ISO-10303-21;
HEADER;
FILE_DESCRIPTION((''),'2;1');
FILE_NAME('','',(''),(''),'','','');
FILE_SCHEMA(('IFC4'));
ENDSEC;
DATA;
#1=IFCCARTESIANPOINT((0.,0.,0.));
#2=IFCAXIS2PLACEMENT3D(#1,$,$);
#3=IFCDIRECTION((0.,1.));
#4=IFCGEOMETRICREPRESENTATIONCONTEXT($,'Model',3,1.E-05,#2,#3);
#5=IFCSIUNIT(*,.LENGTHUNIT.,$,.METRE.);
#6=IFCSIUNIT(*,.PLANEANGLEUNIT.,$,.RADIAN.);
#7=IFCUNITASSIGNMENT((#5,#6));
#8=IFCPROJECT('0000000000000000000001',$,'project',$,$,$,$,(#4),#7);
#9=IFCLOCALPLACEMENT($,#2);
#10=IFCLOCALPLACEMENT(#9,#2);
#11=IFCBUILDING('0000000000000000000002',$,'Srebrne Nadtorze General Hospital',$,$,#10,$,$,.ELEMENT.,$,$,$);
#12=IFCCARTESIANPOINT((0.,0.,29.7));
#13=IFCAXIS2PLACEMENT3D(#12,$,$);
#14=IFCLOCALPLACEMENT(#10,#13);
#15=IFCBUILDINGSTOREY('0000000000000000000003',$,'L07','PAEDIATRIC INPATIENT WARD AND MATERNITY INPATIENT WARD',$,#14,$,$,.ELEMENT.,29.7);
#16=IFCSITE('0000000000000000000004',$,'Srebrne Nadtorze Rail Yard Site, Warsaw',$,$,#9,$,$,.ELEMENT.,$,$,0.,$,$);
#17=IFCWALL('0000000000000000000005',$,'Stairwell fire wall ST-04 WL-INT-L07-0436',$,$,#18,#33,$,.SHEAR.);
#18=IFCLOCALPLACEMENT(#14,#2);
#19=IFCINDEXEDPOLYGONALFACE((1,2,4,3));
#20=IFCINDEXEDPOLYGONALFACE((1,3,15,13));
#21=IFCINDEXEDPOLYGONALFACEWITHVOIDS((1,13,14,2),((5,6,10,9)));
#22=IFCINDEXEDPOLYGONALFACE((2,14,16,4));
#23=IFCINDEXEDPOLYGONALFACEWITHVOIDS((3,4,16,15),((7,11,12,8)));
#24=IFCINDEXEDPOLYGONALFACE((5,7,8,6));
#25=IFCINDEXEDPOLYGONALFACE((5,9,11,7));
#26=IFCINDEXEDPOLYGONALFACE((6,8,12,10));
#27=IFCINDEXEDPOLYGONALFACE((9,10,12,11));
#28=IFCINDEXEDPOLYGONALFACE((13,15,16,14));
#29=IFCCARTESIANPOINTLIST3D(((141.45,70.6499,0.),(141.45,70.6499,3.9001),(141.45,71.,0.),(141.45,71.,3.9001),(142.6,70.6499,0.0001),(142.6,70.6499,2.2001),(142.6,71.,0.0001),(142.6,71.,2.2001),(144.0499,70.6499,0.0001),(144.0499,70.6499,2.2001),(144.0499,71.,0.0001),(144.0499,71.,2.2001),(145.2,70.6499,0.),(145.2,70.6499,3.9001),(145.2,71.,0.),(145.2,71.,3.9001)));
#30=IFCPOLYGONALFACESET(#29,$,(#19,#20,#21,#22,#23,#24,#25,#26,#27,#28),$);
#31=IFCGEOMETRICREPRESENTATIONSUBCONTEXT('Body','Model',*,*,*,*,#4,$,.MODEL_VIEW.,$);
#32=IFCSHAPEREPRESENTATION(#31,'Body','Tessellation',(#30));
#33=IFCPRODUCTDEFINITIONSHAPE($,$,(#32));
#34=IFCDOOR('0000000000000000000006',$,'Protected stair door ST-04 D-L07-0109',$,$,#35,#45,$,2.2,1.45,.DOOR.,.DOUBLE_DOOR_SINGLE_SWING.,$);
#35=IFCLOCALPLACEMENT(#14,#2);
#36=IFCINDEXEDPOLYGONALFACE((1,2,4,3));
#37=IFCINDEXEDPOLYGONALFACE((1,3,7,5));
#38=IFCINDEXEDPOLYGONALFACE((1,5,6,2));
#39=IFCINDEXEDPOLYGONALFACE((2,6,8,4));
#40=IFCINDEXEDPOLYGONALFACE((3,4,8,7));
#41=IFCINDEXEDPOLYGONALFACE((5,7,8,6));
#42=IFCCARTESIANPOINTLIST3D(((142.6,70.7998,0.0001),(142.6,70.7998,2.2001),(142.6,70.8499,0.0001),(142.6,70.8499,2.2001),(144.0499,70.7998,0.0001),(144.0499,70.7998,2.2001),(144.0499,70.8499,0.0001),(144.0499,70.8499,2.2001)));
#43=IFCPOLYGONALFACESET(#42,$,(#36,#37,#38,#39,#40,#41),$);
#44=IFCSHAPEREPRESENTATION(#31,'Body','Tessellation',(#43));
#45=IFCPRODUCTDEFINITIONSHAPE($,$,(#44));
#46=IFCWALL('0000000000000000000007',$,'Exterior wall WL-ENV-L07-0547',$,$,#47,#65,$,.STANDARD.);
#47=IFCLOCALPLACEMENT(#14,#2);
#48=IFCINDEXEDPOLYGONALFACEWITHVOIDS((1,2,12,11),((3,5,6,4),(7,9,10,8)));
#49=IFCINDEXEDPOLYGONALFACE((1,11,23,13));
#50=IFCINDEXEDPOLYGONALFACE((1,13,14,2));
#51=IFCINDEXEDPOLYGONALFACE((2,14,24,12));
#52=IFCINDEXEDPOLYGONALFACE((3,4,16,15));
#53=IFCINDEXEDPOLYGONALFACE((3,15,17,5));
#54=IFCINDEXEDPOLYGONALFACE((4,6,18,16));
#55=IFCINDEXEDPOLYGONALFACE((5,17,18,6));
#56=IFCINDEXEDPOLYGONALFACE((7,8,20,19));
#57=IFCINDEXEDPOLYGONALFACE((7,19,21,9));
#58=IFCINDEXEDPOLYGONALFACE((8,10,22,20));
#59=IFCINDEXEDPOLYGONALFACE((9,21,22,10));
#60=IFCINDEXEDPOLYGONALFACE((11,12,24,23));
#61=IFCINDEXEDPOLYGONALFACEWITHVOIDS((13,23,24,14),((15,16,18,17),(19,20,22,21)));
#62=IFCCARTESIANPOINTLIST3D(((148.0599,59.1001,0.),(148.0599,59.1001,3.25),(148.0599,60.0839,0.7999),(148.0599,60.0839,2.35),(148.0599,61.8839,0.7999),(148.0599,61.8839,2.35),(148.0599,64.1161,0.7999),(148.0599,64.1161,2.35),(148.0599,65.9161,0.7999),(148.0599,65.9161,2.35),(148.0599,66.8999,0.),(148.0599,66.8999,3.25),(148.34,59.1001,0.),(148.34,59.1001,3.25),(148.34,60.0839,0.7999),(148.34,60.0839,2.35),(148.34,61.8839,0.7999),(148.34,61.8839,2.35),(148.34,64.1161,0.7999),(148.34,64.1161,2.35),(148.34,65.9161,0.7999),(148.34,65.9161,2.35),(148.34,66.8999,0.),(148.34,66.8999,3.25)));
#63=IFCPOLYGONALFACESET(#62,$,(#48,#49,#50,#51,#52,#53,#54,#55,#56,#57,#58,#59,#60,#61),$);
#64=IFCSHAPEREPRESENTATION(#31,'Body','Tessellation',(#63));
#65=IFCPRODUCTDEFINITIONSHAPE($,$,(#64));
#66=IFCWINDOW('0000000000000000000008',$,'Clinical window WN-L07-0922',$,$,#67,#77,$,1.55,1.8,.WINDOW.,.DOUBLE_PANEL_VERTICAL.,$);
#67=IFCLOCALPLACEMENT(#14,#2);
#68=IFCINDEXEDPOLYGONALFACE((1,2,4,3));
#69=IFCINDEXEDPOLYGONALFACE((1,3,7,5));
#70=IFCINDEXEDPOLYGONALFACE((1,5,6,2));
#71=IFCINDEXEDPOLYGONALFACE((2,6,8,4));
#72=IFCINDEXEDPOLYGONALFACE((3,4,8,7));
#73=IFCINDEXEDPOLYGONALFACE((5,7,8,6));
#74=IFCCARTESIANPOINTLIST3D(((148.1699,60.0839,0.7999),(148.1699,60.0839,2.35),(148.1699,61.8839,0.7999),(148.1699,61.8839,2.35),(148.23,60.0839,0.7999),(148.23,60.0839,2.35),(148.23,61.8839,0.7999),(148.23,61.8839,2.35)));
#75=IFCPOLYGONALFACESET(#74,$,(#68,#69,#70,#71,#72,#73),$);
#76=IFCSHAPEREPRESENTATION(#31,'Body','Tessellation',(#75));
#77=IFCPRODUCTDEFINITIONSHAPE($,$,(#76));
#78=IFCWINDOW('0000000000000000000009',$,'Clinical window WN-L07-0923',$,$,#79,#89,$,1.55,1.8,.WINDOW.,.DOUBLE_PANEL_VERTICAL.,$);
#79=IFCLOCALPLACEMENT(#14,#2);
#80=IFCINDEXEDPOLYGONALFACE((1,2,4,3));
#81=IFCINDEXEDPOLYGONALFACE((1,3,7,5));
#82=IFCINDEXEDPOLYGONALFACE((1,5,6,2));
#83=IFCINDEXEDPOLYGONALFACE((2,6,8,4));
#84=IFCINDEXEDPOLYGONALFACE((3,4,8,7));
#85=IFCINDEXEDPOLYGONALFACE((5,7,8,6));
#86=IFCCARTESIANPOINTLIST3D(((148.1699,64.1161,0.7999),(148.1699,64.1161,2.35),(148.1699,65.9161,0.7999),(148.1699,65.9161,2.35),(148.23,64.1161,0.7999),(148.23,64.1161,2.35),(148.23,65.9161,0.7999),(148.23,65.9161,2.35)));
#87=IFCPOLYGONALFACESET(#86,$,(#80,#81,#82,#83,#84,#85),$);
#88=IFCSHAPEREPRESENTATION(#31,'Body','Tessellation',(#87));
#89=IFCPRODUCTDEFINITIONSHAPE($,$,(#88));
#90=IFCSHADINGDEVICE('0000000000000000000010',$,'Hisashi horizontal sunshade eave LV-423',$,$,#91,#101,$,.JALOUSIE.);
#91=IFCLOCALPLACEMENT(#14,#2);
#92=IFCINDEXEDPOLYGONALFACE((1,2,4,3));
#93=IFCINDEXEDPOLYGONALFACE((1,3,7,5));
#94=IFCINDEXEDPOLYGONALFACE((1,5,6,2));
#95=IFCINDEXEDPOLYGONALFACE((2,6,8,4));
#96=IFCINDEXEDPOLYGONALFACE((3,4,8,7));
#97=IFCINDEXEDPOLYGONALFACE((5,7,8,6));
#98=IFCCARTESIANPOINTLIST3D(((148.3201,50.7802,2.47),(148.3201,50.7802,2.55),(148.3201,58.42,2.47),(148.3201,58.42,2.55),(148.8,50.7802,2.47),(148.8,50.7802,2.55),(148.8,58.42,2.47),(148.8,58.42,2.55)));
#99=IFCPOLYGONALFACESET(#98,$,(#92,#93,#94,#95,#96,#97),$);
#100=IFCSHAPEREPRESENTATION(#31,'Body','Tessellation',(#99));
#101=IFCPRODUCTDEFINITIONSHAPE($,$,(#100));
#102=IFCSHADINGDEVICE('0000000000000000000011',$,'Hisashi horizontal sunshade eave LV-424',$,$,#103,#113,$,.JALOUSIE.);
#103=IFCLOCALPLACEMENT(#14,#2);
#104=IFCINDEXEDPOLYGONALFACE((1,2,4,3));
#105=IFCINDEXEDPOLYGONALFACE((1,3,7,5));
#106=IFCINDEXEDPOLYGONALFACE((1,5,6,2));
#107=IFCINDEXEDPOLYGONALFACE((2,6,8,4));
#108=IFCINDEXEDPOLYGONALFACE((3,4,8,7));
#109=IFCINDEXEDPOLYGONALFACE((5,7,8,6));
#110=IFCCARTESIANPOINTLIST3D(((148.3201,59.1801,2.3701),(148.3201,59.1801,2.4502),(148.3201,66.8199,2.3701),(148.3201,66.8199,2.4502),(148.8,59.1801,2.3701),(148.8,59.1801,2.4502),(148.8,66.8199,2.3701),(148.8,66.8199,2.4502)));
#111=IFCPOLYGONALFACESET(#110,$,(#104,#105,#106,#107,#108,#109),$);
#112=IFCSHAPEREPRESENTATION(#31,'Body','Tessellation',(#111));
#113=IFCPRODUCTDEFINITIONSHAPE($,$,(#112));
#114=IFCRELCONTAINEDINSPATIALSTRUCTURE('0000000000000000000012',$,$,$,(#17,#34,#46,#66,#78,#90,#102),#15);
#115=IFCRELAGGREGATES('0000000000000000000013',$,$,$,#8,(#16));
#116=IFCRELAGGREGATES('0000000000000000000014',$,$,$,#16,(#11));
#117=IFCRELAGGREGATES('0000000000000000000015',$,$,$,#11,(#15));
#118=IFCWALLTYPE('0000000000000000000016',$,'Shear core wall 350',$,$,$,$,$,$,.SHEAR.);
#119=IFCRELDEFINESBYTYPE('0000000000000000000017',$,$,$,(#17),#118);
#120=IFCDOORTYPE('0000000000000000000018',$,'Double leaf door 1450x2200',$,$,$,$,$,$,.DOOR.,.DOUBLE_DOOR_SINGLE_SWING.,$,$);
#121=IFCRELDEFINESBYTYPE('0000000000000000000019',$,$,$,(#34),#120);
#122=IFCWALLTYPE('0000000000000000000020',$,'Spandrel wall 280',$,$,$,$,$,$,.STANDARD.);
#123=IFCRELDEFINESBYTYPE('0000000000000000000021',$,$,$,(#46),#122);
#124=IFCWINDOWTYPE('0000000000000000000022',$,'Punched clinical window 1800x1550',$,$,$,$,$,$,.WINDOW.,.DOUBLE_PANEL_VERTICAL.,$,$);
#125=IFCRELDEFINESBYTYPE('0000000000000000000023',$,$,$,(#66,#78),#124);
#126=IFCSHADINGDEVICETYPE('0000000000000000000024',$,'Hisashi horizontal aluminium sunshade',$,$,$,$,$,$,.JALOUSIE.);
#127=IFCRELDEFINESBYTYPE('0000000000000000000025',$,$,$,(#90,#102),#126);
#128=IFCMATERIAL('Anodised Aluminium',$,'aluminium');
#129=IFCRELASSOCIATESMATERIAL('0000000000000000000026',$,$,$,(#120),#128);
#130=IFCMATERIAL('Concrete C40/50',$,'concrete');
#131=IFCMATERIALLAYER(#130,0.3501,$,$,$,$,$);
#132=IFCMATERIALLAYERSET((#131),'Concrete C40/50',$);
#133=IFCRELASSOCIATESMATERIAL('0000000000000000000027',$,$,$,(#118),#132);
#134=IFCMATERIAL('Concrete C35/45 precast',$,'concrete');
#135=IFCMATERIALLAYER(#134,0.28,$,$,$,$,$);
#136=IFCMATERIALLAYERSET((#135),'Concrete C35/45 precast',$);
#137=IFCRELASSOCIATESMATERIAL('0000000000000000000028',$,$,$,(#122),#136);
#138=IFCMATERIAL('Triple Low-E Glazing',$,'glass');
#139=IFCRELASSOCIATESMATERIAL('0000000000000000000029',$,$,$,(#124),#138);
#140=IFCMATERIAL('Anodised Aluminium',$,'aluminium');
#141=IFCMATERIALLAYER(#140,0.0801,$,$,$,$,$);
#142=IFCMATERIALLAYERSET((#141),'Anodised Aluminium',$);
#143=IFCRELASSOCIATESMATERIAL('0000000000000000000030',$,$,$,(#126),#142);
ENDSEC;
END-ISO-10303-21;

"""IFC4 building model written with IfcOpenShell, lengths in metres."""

from ifc_helpers import new_model, si_unit, direction, frame, frame_2d, origin, origin_2d, place, context, subcontext, project, spatial, rectangle, extrude, material, layer, layer_set, type_object, element, fill, save


model = new_model("IFC4")

# Units and contexts
model_context = context("Model", 3, precision=1e-05, world=origin(), true_north=direction((0.0, 1.0)))
body_context = subcontext(model_context, "Body", "Model", "MODEL_VIEW")
ifc_project = project(units=[si_unit("LENGTHUNIT", "METRE"), si_unit("PLANEANGLEUNIT", "RADIAN")], contexts=[model_context])

# Site, building, storey
site_placement = place(None, origin())
site = spatial("IfcSite", under=ifc_project, at=site_placement, Name="Srebrne Nadtorze Rail Yard Site, Warsaw", CompositionType="ELEMENT", RefElevation=0.0)
building_placement = place(site_placement, origin())
building = spatial("IfcBuilding", under=site, at=building_placement, Name="Srebrne Nadtorze General Hospital", CompositionType="ELEMENT")
storey_placement = place(building_placement, frame((0.0, 0.0, 29.7)))
storey = spatial("IfcBuildingStorey", under=building, at=storey_placement, Name="L07", Description="PAEDIATRIC INPATIENT WARD AND MATERNITY INPATIENT WARD", CompositionType="ELEMENT", Elevation=29.7)

# Shared definitions
ifc_material_1 = material(Name="Anodised Aluminium", Category="aluminium")
door_type_1 = type_object("IfcDoorType", Name="Double leaf door 1450x2200", OperationType="DOUBLE_DOOR_SINGLE_SWING", PredefinedType="DOOR", material=ifc_material_1)

# Shared definitions
ifc_material_2 = material(Name="Concrete C40/50", Category="concrete")
ifc_layer_1 = layer(ifc_material_2, 0.3501)
ifc_layer_set_1 = layer_set([ifc_layer_1], Name="Concrete C40/50")
wall_type_1 = type_object("IfcWallType", Name="Shear core wall 350", PredefinedType="SHEAR", material=ifc_layer_set_1)

# Wall, opening, door
wall_1_placement = place(storey_placement, frame((141.45, 70.825, 0.0), z_axis=(0.0, 0.0, 1.0), x_axis=(1.0, 0.0, 0.0)))
wall_1 = element("IfcWall", 1, at=wall_1_placement, inside=storey, type_object=wall_type_1, Name="Stairwell fire wall ST-04 WL-INT-L07-0436", PredefinedType="SHEAR", context=body_context, shape_type="SweptSolid", body=[
    extrude(rectangle(XDim=3.75, YDim=0.3501, at=frame_2d((1.875, 0.0))), origin(), (0.0, 0.0, 1.0), 3.9001),
])
opening_1_placement = place(wall_1_placement, frame((1.1499, 0.0, 0.0)))
opening_1 = element("IfcOpeningElement", 2, at=opening_1_placement, cuts=wall_1, PredefinedType="OPENING", context=body_context, shape_type="SweptSolid", body=[
    extrude(rectangle(XDim=1.45, YDim=2.2, at=frame_2d((0.7251, 1.1001))), frame((0.0, 0.187, 0.0), z_axis=(0.0, -1.0, 0.0), x_axis=(1.0, 0.0, 0.0)), (0.0, 0.0, 1.0), 0.374),
])
door_1_placement = place(opening_1_placement, origin())
door_1 = element("IfcDoor", 3, at=door_1_placement, inside=storey, type_object=door_type_1, Name="Protected stair door ST-04 D-L07-0109", OperationType="DOUBLE_DOOR_SINGLE_SWING", OverallHeight=2.2, OverallWidth=1.45, PredefinedType="DOOR", context=body_context, shape_type="SweptSolid", body=[
    extrude(rectangle(XDim=1.45, YDim=2.2, at=frame_2d((0.7251, 1.1001))), frame((0.0, 0.0249, 0.0), z_axis=(0.0, -1.0, 0.0), x_axis=(1.0, 0.0, 0.0)), (0.0, 0.0, 1.0), 0.05),
])
fill(opening_1, door_1)

# Wall, openings, windows
ifc_material_3 = material(Name="Concrete C35/45 precast", Category="concrete")
ifc_layer_2 = layer(ifc_material_3, 0.28)
ifc_layer_set_2 = layer_set([ifc_layer_2], Name="Concrete C35/45 precast")
wall_type_2 = type_object("IfcWallType", Name="Spandrel wall 280", PredefinedType="STANDARD", material=ifc_layer_set_2)
wall_2_placement = place(storey_placement, frame((148.2, 59.1001, 0.0), z_axis=(0.0, 0.0, 1.0), x_axis=(0.0, 1.0, 0.0)))
wall_2 = element("IfcWall", 4, at=wall_2_placement, inside=storey, type_object=wall_type_2, Name="Exterior wall WL-ENV-L07-0547", PredefinedType="STANDARD", context=body_context, shape_type="SweptSolid", body=[
    extrude(rectangle(XDim=7.7998, YDim=0.28, at=frame_2d((3.8999, 0.0))), origin(), (0.0, 0.0, 1.0), 3.25),
])
opening_2_placement = place(wall_2_placement, frame((0.9839, 0.0, 0.8)))
opening_2 = element("IfcOpeningElement", 5, at=opening_2_placement, cuts=wall_2, PredefinedType="OPENING", context=body_context, shape_type="SweptSolid", body=[
    extrude(rectangle(XDim=1.8, YDim=1.55, at=frame_2d((0.8999, 0.7749))), frame((0.0, 0.1519, 0.0), z_axis=(0.0, -1.0, 0.0), x_axis=(1.0, 0.0, 0.0)), (0.0, 0.0, 1.0), 0.304),
])
opening_3_placement = place(wall_2_placement, frame((5.0161, 0.0, 0.8)))
opening_3 = element("IfcOpeningElement", 6, at=opening_3_placement, cuts=wall_2, PredefinedType="OPENING", context=body_context, shape_type="SweptSolid", body=[
    extrude(rectangle(XDim=1.8, YDim=1.55, at=frame_2d((0.8999, 0.7749))), frame((0.0, 0.1519, 0.0), z_axis=(0.0, -1.0, 0.0), x_axis=(1.0, 0.0, 0.0)), (0.0, 0.0, 1.0), 0.304),
])
ifc_material_4 = material(Name="Triple Low-E Glazing", Category="glass")
window_type_1 = type_object("IfcWindowType", Name="Punched clinical window 1800x1550", PartitioningType="DOUBLE_PANEL_VERTICAL", PredefinedType="WINDOW", material=ifc_material_4)
window_1_placement = place(opening_2_placement, origin())
window_1 = element("IfcWindow", 7, at=window_1_placement, inside=storey, type_object=window_type_1, Name="Clinical window WN-L07-0922", OverallHeight=1.55, OverallWidth=1.8, PartitioningType="DOUBLE_PANEL_VERTICAL", PredefinedType="WINDOW", context=body_context, shape_type="SweptSolid", body=[
    extrude(rectangle(XDim=1.8, YDim=1.55, at=frame_2d((0.8999, 0.7749))), frame((0.0, 0.03, 0.0), z_axis=(0.0, -1.0, 0.0), x_axis=(1.0, 0.0, 0.0)), (0.0, 0.0, 1.0), 0.0601),
])
fill(opening_2, window_1)
window_2_placement = place(opening_3_placement, origin())
window_2 = element("IfcWindow", 8, at=window_2_placement, inside=storey, type_object=window_type_1, Name="Clinical window WN-L07-0923", OverallHeight=1.55, OverallWidth=1.8, PartitioningType="DOUBLE_PANEL_VERTICAL", PredefinedType="WINDOW", context=body_context, shape_type="SweptSolid", body=[
    extrude(rectangle(XDim=1.8, YDim=1.55, at=frame_2d((0.8999, 0.7749))), frame((0.0, 0.03, 0.0), z_axis=(0.0, -1.0, 0.0), x_axis=(1.0, 0.0, 0.0)), (0.0, 0.0, 1.0), 0.0601),
])
fill(opening_3, window_2)

# Shading devices
ifc_material_5 = material(Name="Anodised Aluminium", Category="aluminium")
ifc_layer_3 = layer(ifc_material_5, 0.0801)
ifc_layer_set_3 = layer_set([ifc_layer_3], Name="Anodised Aluminium")
shading_device_type = type_object("IfcShadingDeviceType", Name="Hisashi horizontal aluminium sunshade", PredefinedType="JALOUSIE", material=ifc_layer_set_3)
for number, where, z_axis, x_axis, name in (
    (9, (148.5601, 54.6001, 2.47), (0.0, 0.0, 1.0), (1.0, 0.0, 0.0), "Hisashi horizontal sunshade eave LV-423"),
    (10, (148.5601, 63.0, 2.3701), (0.0, 0.0, 1.0), (1.0, 0.0, 0.0), "Hisashi horizontal sunshade eave LV-424"),
):
    element("IfcShadingDevice", number, at=place(storey_placement, frame(where, z_axis=z_axis, x_axis=x_axis)), inside=storey, type_object=shading_device_type, Name=name, PredefinedType="JALOUSIE", context=body_context, shape_type="SweptSolid", body=[
        extrude(rectangle(XDim=0.48, YDim=7.6399, at=origin_2d()), origin(), (0.0, 0.0, 1.0), 0.0801),
    ])

save(model, "model.ifc")
